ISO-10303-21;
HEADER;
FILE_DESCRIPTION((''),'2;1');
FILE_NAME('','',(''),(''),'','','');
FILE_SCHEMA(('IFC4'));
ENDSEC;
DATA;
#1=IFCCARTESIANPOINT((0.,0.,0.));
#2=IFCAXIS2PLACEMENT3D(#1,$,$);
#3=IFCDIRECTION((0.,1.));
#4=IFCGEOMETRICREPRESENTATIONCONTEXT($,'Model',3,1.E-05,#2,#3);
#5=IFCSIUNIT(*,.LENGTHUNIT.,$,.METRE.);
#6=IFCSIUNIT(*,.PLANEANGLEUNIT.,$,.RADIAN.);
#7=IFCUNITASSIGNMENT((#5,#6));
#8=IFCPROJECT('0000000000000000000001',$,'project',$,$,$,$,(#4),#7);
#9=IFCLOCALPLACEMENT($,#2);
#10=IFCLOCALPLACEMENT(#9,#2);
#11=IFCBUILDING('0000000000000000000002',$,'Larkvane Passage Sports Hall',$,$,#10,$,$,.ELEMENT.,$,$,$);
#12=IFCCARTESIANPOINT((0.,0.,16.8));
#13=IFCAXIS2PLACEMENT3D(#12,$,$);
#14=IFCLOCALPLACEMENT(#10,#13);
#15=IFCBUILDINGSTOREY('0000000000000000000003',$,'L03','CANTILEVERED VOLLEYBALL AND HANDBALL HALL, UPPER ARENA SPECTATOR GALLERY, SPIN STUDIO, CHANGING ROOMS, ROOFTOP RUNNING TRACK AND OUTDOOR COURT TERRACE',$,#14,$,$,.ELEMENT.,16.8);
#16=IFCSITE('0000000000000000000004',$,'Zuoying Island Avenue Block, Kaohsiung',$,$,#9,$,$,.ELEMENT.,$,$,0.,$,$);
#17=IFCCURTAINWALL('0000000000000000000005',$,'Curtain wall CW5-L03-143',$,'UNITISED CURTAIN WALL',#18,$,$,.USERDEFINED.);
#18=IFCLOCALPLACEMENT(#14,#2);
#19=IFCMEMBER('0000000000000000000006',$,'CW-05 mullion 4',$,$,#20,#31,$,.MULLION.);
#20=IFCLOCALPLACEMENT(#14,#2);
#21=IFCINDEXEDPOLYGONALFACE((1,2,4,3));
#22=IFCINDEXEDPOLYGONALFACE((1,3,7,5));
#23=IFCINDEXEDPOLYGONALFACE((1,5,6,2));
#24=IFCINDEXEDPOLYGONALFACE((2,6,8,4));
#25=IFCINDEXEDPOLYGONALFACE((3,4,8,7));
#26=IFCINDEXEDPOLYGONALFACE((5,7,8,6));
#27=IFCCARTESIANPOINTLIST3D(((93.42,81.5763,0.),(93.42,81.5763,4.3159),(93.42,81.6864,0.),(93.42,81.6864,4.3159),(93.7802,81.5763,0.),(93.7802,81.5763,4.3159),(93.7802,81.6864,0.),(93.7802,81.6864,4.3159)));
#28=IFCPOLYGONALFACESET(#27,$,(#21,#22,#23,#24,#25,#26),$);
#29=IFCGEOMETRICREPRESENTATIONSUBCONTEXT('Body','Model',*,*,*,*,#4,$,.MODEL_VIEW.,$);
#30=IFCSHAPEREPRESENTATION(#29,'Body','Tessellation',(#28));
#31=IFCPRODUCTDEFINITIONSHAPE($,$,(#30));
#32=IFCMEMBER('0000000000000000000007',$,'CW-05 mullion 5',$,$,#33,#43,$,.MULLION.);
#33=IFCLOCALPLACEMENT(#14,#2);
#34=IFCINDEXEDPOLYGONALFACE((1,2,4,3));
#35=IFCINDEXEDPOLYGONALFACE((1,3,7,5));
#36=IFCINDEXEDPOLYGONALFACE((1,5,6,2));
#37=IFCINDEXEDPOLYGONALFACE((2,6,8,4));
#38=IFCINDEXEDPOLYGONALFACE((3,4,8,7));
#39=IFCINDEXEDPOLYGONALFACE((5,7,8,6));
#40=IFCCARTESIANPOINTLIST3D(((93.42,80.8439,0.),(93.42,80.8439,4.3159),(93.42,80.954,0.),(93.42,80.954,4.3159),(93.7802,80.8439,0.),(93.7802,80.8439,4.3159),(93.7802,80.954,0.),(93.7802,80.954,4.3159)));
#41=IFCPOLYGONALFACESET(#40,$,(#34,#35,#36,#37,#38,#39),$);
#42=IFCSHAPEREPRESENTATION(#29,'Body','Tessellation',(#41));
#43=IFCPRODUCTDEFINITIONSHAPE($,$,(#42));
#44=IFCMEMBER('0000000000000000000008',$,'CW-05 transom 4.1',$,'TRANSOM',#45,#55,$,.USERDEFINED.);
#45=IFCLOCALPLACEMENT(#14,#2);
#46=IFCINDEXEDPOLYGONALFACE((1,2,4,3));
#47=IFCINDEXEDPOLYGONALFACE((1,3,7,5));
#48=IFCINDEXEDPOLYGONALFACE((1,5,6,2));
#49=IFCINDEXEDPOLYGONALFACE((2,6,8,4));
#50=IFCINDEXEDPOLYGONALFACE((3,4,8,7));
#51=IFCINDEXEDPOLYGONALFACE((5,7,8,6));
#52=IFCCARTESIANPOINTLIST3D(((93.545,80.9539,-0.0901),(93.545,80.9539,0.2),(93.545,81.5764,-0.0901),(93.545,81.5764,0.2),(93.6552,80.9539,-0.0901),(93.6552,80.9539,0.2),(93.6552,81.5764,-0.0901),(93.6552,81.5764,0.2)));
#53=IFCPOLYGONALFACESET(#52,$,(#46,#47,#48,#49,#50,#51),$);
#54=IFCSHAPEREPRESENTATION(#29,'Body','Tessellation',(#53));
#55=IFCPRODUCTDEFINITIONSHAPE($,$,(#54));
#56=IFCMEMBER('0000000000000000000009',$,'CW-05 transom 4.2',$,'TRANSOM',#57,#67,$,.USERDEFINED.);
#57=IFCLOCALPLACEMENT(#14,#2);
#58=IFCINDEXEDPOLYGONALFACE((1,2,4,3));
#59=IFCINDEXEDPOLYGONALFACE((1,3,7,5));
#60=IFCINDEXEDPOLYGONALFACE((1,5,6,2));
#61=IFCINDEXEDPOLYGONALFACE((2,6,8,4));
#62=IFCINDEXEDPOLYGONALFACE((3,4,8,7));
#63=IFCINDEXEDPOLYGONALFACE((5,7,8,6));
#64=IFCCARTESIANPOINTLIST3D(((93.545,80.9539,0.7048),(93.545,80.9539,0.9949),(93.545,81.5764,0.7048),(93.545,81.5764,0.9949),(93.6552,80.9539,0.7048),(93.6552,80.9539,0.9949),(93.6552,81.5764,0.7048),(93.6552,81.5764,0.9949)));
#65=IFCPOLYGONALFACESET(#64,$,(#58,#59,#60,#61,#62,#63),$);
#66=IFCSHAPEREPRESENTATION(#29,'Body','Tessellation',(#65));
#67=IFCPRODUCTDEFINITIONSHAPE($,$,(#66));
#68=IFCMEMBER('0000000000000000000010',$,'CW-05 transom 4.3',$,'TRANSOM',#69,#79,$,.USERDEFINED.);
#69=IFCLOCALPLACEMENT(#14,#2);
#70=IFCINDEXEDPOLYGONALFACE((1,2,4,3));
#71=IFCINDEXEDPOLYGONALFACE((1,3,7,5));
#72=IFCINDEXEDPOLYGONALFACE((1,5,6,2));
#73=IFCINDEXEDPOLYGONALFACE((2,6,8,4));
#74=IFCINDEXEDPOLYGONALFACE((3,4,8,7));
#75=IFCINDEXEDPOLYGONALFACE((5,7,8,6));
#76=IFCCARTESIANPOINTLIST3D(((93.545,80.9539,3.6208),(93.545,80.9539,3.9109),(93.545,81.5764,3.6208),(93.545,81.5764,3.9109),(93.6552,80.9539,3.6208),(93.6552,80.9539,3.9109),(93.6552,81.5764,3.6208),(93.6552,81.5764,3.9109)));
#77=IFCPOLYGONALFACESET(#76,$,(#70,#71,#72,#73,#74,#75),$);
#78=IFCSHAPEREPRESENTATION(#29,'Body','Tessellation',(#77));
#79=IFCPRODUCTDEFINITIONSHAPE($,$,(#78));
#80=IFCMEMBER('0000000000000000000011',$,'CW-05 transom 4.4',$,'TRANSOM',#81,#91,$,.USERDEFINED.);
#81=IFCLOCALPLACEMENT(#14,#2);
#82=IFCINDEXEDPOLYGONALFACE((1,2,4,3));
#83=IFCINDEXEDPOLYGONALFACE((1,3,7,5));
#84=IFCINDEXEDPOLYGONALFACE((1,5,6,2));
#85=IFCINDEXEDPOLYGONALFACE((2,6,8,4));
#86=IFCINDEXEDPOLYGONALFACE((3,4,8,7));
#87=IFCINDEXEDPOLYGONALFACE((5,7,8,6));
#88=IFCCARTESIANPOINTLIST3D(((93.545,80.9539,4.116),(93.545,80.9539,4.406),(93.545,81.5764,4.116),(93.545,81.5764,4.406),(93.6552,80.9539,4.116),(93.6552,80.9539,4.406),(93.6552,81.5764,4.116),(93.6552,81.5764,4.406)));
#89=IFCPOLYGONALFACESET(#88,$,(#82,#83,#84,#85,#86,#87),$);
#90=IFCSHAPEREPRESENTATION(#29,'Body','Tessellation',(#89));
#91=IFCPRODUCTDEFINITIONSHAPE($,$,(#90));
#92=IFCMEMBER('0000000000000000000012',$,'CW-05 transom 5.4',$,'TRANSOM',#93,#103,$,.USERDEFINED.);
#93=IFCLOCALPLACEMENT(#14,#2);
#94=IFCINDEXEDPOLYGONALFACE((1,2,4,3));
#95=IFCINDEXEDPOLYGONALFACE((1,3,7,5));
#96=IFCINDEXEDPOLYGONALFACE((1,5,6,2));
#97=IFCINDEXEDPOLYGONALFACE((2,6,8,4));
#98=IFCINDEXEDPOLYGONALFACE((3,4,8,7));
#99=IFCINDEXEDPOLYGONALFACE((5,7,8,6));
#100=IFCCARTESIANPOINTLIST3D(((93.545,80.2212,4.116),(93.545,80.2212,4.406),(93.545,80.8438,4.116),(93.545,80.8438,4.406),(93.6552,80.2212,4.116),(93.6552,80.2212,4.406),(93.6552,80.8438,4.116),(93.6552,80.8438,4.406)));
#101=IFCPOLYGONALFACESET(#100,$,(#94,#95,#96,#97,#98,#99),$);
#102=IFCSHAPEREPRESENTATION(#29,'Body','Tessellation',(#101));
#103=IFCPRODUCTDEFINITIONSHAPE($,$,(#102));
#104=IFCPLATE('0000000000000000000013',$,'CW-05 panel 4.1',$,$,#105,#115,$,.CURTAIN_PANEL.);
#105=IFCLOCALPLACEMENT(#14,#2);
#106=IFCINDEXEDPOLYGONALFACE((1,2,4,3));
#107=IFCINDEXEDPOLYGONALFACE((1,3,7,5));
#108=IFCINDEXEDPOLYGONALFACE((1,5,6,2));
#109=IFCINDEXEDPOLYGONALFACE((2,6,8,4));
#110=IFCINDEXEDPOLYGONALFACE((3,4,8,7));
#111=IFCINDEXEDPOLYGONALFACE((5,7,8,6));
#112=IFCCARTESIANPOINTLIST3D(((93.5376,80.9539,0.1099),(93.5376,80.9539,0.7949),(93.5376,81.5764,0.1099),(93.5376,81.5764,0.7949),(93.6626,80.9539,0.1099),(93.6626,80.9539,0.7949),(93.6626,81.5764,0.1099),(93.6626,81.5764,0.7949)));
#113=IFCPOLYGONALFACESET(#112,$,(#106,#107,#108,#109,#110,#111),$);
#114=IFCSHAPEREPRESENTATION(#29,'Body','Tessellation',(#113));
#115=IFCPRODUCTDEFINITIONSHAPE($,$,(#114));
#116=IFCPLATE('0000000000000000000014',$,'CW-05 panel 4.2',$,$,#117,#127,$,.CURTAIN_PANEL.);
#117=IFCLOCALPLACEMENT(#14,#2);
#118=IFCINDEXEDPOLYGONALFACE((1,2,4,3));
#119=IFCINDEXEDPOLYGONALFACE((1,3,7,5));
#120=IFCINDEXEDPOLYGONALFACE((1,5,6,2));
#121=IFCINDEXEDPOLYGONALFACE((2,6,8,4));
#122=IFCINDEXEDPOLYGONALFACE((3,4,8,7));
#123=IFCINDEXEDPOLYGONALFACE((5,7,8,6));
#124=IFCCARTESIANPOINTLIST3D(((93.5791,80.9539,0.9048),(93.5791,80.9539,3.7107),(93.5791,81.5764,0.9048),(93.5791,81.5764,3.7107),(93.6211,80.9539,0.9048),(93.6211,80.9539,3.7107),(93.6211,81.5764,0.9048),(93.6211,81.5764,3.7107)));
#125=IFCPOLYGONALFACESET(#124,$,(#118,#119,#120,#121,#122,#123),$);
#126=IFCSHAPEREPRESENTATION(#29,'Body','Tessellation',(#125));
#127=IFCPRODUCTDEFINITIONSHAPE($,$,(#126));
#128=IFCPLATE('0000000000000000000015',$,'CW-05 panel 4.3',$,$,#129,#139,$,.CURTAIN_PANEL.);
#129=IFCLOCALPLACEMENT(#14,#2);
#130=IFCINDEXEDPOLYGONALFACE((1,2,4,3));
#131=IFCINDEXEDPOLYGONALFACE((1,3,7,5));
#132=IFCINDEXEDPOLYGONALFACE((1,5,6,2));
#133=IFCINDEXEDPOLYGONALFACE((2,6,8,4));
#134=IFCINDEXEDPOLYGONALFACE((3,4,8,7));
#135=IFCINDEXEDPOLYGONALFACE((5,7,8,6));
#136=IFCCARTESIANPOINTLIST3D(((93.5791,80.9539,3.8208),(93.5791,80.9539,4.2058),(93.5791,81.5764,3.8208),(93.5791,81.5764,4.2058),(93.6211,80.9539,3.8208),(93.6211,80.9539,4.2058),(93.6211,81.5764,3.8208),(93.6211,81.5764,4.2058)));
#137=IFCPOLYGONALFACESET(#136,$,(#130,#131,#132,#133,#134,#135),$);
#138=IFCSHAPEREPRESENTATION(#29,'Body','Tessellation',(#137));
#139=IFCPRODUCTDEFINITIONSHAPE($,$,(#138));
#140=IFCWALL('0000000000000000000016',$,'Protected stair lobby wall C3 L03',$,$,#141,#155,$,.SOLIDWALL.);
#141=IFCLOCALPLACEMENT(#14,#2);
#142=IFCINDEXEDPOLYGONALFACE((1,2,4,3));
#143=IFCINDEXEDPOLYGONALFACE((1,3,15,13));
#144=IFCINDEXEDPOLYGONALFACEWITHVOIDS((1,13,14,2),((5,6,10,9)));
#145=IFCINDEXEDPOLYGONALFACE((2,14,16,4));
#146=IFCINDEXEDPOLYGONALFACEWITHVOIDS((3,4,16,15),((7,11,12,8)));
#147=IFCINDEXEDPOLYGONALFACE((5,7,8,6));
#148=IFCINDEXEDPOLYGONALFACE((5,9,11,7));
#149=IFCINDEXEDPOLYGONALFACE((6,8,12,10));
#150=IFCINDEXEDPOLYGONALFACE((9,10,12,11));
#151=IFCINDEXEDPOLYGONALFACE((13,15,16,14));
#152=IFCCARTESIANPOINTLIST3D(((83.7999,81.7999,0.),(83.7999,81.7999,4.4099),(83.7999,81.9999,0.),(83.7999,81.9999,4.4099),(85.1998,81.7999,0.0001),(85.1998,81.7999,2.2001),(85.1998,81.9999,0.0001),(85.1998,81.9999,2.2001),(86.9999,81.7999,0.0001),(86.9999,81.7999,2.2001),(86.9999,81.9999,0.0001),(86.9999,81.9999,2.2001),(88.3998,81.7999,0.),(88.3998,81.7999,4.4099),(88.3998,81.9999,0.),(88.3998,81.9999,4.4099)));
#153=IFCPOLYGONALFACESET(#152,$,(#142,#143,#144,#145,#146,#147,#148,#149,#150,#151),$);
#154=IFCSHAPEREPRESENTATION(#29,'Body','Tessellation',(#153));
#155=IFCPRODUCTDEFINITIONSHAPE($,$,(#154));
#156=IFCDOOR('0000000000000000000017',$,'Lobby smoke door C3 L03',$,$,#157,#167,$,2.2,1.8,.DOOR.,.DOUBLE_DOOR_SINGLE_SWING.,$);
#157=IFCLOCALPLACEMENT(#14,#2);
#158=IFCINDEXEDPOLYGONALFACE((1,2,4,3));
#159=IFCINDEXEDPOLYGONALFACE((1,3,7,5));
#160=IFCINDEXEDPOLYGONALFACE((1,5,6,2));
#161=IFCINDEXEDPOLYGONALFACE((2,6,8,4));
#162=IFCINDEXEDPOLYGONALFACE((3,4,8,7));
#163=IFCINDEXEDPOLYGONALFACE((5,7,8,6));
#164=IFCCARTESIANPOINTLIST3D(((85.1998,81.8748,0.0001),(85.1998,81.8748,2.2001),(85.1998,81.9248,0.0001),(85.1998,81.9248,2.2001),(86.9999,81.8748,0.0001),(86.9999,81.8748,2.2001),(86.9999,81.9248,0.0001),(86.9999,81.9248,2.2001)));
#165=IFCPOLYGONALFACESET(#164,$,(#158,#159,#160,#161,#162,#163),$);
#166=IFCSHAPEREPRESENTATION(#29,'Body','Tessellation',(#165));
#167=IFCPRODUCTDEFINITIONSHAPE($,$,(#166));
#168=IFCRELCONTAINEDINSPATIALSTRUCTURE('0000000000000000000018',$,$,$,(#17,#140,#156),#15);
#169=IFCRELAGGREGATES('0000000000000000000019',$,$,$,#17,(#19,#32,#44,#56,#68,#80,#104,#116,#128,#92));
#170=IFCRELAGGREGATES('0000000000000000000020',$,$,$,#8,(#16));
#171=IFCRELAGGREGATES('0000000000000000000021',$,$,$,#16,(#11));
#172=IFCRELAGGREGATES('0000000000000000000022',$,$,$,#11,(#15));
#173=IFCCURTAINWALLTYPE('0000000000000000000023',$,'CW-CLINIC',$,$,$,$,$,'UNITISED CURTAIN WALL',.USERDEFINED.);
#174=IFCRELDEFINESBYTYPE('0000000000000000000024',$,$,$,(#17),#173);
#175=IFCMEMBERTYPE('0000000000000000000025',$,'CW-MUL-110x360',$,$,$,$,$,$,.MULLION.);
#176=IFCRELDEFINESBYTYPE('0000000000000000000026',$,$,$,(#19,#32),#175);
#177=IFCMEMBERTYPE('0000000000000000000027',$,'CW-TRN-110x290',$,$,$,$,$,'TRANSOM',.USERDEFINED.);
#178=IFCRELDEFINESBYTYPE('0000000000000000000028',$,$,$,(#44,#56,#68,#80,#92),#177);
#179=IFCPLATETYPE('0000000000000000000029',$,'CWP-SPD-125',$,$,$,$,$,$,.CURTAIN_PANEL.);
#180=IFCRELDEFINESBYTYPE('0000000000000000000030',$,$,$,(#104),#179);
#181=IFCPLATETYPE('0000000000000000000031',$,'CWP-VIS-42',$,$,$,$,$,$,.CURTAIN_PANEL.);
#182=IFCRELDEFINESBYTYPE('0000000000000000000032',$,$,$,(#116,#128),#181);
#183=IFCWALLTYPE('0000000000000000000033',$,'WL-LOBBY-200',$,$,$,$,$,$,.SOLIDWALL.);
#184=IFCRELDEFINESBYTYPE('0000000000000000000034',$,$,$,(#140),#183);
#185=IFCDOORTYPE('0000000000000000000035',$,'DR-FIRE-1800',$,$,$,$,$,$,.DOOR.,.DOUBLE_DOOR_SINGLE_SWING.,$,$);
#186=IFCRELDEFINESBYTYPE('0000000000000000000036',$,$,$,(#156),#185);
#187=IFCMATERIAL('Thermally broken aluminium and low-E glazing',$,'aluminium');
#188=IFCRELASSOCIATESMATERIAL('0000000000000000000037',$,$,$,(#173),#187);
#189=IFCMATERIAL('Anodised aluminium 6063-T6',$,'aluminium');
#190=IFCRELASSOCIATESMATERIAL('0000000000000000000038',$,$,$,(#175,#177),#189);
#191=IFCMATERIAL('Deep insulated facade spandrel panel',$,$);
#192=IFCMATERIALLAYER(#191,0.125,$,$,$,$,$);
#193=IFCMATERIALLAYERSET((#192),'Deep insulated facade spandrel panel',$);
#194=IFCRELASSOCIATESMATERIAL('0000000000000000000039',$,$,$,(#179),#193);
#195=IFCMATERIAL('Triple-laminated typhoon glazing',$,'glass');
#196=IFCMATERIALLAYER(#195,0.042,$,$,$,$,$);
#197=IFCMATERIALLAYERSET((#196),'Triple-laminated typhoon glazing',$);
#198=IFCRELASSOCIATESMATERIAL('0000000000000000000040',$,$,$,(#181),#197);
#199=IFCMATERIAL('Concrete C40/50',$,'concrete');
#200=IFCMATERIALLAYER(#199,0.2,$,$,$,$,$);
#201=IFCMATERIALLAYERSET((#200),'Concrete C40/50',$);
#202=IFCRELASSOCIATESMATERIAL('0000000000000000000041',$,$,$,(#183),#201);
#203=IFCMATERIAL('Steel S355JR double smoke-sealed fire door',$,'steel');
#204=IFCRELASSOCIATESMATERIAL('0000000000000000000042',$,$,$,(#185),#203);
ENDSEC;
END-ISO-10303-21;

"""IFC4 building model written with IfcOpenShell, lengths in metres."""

from ifc_helpers import new_model, si_unit, direction, frame, frame_2d, origin, origin_2d, place, context, subcontext, project, spatial, rectangle, extrude, material, layer, layer_set, material_profile, profile_set, type_object, element, fill, aggregate, save


model = new_model("IFC4")

# Units and contexts
model_context = context("Model", 3, precision=1e-05, world=origin(), true_north=direction((0.0, 1.0)))
body_context = subcontext(model_context, "Body", "Model", "MODEL_VIEW")
ifc_project = project(units=[si_unit("LENGTHUNIT", "METRE"), si_unit("PLANEANGLEUNIT", "RADIAN")], contexts=[model_context])

# Site, building, storey
site_placement = place(None, origin())
site = spatial("IfcSite", under=ifc_project, at=site_placement, Name="Zuoying Island Avenue Block, Kaohsiung", CompositionType="ELEMENT", RefElevation=0.0)
building_placement = place(site_placement, origin())
building = spatial("IfcBuilding", under=site, at=building_placement, Name="Larkvane Passage Sports Hall", CompositionType="ELEMENT")
storey_placement = place(building_placement, frame((0.0, 0.0, 16.8)))
storey = spatial("IfcBuildingStorey", under=building, at=storey_placement, Name="L03", Description="CANTILEVERED VOLLEYBALL AND HANDBALL HALL, UPPER ARENA SPECTATOR GALLERY, SPIN STUDIO, CHANGING ROOMS, ROOFTOP RUNNING TRACK AND OUTDOOR COURT TERRACE", CompositionType="ELEMENT", Elevation=16.8)

# Curtain wall, members, plates
ifc_material_1 = material(Name="Thermally broken aluminium and low-E glazing", Category="aluminium")
curtain_wall_type = type_object("IfcCurtainWallType", Name="CW-CLINIC", ElementType="UNITISED CURTAIN WALL", PredefinedType="USERDEFINED", material=ifc_material_1)
curtain_wall_placement = place(storey_placement, origin())
curtain_wall = element("IfcCurtainWall", 1, at=curtain_wall_placement, inside=storey, type_object=curtain_wall_type, Name="Curtain wall CW5-L03-143", ObjectType="UNITISED CURTAIN WALL", PredefinedType="USERDEFINED")
ifc_material_2 = material(Name="Anodised aluminium 6063-T6", Category="aluminium")
ifc_material_profile_1 = material_profile(ifc_material_2, rectangle(XDim=0.1101, YDim=0.3601, at=origin_2d()), Name="ALU-MUL-110x360")
ifc_profile_set_1 = profile_set([ifc_material_profile_1], Name="Anodised aluminium 6063-T6")
member_type_1 = type_object("IfcMemberType", Name="CW-MUL-110x360", PredefinedType="MULLION", material=ifc_profile_set_1)
member_1_placement = place(storey_placement, frame((93.6001, 81.6313, 0.0), z_axis=(0.0, 0.0, 1.0), x_axis=(0.0, -1.0, 0.0)))
member_1 = element("IfcMember", 2, at=member_1_placement, type_object=member_type_1, Name="CW-05 mullion 4", PredefinedType="MULLION", context=body_context, shape_type="SweptSolid", body=[
    extrude(rectangle(XDim=0.1101, YDim=0.3601, at=origin_2d()), origin(), (0.0, 0.0, 1.0), 4.3159),
])
member_2_placement = place(storey_placement, frame((93.6001, 80.8989, 0.0), z_axis=(0.0, 0.0, 1.0), x_axis=(0.0, -1.0, 0.0)))
member_2 = element("IfcMember", 3, at=member_2_placement, type_object=member_type_1, Name="CW-05 mullion 5", PredefinedType="MULLION", context=body_context, shape_type="SweptSolid", body=[
    extrude(rectangle(XDim=0.1101, YDim=0.3601, at=origin_2d()), origin(), (0.0, 0.0, 1.0), 4.3159),
])
ifc_material_profile_2 = material_profile(ifc_material_2, rectangle(XDim=0.1101, YDim=0.29, at=origin_2d()), Name="ALU-TRN-110x290")
ifc_profile_set_2 = profile_set([ifc_material_profile_2], Name="Anodised aluminium 6063-T6")
member_type_2 = type_object("IfcMemberType", Name="CW-TRN-110x290", ElementType="TRANSOM", PredefinedType="USERDEFINED", material=ifc_profile_set_2)
member_3_placement = place(storey_placement, frame((93.6001, 81.5764, 0.0549), z_axis=(0.0, -1.0, 0.0), x_axis=(1.0, 0.0, 0.0)))
member_3 = element("IfcMember", 4, at=member_3_placement, type_object=member_type_2, Name="CW-05 transom 4.1", ObjectType="TRANSOM", PredefinedType="USERDEFINED", context=body_context, shape_type="SweptSolid", body=[
    extrude(rectangle(XDim=0.1101, YDim=0.29, at=origin_2d()), origin(), (0.0, 0.0, 1.0), 0.6226),
])
member_4_placement = place(storey_placement, frame((93.6001, 81.5764, 0.8499), z_axis=(0.0, -1.0, 0.0), x_axis=(1.0, 0.0, 0.0)))
member_4 = element("IfcMember", 5, at=member_4_placement, type_object=member_type_2, Name="CW-05 transom 4.2", ObjectType="TRANSOM", PredefinedType="USERDEFINED", context=body_context, shape_type="SweptSolid", body=[
    extrude(rectangle(XDim=0.1101, YDim=0.29, at=origin_2d()), origin(), (0.0, 0.0, 1.0), 0.6226),
])
member_5_placement = place(storey_placement, frame((93.6001, 81.5764, 3.7659), z_axis=(0.0, -1.0, 0.0), x_axis=(1.0, 0.0, 0.0)))
member_5 = element("IfcMember", 6, at=member_5_placement, type_object=member_type_2, Name="CW-05 transom 4.3", ObjectType="TRANSOM", PredefinedType="USERDEFINED", context=body_context, shape_type="SweptSolid", body=[
    extrude(rectangle(XDim=0.1101, YDim=0.29, at=origin_2d()), origin(), (0.0, 0.0, 1.0), 0.6226),
])
member_6_placement = place(storey_placement, frame((93.6001, 81.5764, 4.261), z_axis=(0.0, -1.0, 0.0), x_axis=(1.0, 0.0, 0.0)))
member_6 = element("IfcMember", 7, at=member_6_placement, type_object=member_type_2, Name="CW-05 transom 4.4", ObjectType="TRANSOM", PredefinedType="USERDEFINED", context=body_context, shape_type="SweptSolid", body=[
    extrude(rectangle(XDim=0.1101, YDim=0.29, at=origin_2d()), origin(), (0.0, 0.0, 1.0), 0.6226),
])
member_7_placement = place(storey_placement, frame((93.6001, 80.8438, 4.261), z_axis=(0.0, -1.0, 0.0), x_axis=(1.0, 0.0, 0.0)))
member_7 = element("IfcMember", 8, at=member_7_placement, type_object=member_type_2, Name="CW-05 transom 5.4", ObjectType="TRANSOM", PredefinedType="USERDEFINED", context=body_context, shape_type="SweptSolid", body=[
    extrude(rectangle(XDim=0.1101, YDim=0.29, at=origin_2d()), origin(), (0.0, 0.0, 1.0), 0.6226),
])
ifc_material_3 = material(Name="Deep insulated facade spandrel panel")
ifc_layer_1 = layer(ifc_material_3, 0.125)
ifc_layer_set_1 = layer_set([ifc_layer_1], Name="Deep insulated facade spandrel panel")
plate_type_1 = type_object("IfcPlateType", Name="CWP-SPD-125", PredefinedType="CURTAIN_PANEL", material=ifc_layer_set_1)
plate_1_placement = place(storey_placement, frame((93.6001, 81.2651, 0.1099), z_axis=(0.0, 0.0, 1.0), x_axis=(0.0, -1.0, 0.0)))
plate_1 = element("IfcPlate", 9, at=plate_1_placement, type_object=plate_type_1, Name="CW-05 panel 4.1", PredefinedType="CURTAIN_PANEL", context=body_context, shape_type="SweptSolid", body=[
    extrude(rectangle(XDim=0.6226, YDim=0.125, at=origin_2d()), origin(), (0.0, 0.0, 1.0), 0.6851),
])
ifc_material_4 = material(Name="Triple-laminated typhoon glazing", Category="glass")
ifc_layer_2 = layer(ifc_material_4, 0.042)
ifc_layer_set_2 = layer_set([ifc_layer_2], Name="Triple-laminated typhoon glazing")
plate_type_2 = type_object("IfcPlateType", Name="CWP-VIS-42", PredefinedType="CURTAIN_PANEL", material=ifc_layer_set_2)
plate_2_placement = place(storey_placement, frame((93.6001, 81.2651, 0.9048), z_axis=(0.0, 0.0, 1.0), x_axis=(0.0, -1.0, 0.0)))
plate_2 = element("IfcPlate", 10, at=plate_2_placement, type_object=plate_type_2, Name="CW-05 panel 4.2", PredefinedType="CURTAIN_PANEL", context=body_context, shape_type="SweptSolid", body=[
    extrude(rectangle(XDim=0.6226, YDim=0.042, at=origin_2d()), origin(), (0.0, 0.0, 1.0), 2.8059),
])
plate_3_placement = place(storey_placement, frame((93.6001, 81.2651, 3.8208), z_axis=(0.0, 0.0, 1.0), x_axis=(0.0, -1.0, 0.0)))
plate_3 = element("IfcPlate", 11, at=plate_3_placement, type_object=plate_type_2, Name="CW-05 panel 4.3", PredefinedType="CURTAIN_PANEL", context=body_context, shape_type="SweptSolid", body=[
    extrude(rectangle(XDim=0.6226, YDim=0.042, at=origin_2d()), origin(), (0.0, 0.0, 1.0), 0.385),
])
aggregate(curtain_wall, [member_1, member_2, member_3, member_4, member_5, member_6, plate_1, plate_2, plate_3, member_7])

# Wall, opening, door
ifc_material_5 = material(Name="Concrete C40/50", Category="concrete")
ifc_layer_3 = layer(ifc_material_5, 0.2)
ifc_layer_set_3 = layer_set([ifc_layer_3], Name="Concrete C40/50")
wall_type_1 = type_object("IfcWallType", Name="WL-LOBBY-200", PredefinedType="SOLIDWALL", material=ifc_layer_set_3)
wall_1_placement = place(storey_placement, frame((83.8, 81.8999, 0.0), z_axis=(0.0, 0.0, 1.0), x_axis=(1.0, 0.0, 0.0)))
wall_1 = element("IfcWall", 12, at=wall_1_placement, inside=storey, type_object=wall_type_1, Name="Protected stair lobby wall C3 L03", PredefinedType="SOLIDWALL", context=body_context, shape_type="SweptSolid", body=[
    extrude(rectangle(XDim=4.5999, YDim=0.2, at=frame_2d((2.2998, 0.0))), origin(), (0.0, 0.0, 1.0), 4.4099),
])
opening_1_placement = place(wall_1_placement, frame((1.3999, 0.0, 0.0)))
opening_1 = element("IfcOpeningElement", 13, at=opening_1_placement, cuts=wall_1, PredefinedType="OPENING", context=body_context, shape_type="SweptSolid", body=[
    extrude(rectangle(XDim=1.8, YDim=2.2, at=frame_2d((0.8999, 1.1001))), frame((0.0, 0.1099, 0.0), z_axis=(0.0, -1.0, 0.0), x_axis=(1.0, 0.0, 0.0)), (0.0, 0.0, 1.0), 0.22),
])
ifc_material_6 = material(Name="Steel S355JR double smoke-sealed fire door", Category="steel")
door_type_1 = type_object("IfcDoorType", Name="DR-FIRE-1800", OperationType="DOUBLE_DOOR_SINGLE_SWING", PredefinedType="DOOR", material=ifc_material_6)
door_1_placement = place(opening_1_placement, origin())
door_1 = element("IfcDoor", 14, at=door_1_placement, inside=storey, type_object=door_type_1, Name="Lobby smoke door C3 L03", OperationType="DOUBLE_DOOR_SINGLE_SWING", OverallHeight=2.2, OverallWidth=1.8, PredefinedType="DOOR", context=body_context, shape_type="SweptSolid", body=[
    extrude(rectangle(XDim=1.8, YDim=2.2, at=frame_2d((0.8999, 1.1001))), frame((0.0, 0.0249, 0.0), z_axis=(0.0, -1.0, 0.0), x_axis=(1.0, 0.0, 0.0)), (0.0, 0.0, 1.0), 0.05),
])
fill(opening_1, door_1)

save(model, "model.ifc")
